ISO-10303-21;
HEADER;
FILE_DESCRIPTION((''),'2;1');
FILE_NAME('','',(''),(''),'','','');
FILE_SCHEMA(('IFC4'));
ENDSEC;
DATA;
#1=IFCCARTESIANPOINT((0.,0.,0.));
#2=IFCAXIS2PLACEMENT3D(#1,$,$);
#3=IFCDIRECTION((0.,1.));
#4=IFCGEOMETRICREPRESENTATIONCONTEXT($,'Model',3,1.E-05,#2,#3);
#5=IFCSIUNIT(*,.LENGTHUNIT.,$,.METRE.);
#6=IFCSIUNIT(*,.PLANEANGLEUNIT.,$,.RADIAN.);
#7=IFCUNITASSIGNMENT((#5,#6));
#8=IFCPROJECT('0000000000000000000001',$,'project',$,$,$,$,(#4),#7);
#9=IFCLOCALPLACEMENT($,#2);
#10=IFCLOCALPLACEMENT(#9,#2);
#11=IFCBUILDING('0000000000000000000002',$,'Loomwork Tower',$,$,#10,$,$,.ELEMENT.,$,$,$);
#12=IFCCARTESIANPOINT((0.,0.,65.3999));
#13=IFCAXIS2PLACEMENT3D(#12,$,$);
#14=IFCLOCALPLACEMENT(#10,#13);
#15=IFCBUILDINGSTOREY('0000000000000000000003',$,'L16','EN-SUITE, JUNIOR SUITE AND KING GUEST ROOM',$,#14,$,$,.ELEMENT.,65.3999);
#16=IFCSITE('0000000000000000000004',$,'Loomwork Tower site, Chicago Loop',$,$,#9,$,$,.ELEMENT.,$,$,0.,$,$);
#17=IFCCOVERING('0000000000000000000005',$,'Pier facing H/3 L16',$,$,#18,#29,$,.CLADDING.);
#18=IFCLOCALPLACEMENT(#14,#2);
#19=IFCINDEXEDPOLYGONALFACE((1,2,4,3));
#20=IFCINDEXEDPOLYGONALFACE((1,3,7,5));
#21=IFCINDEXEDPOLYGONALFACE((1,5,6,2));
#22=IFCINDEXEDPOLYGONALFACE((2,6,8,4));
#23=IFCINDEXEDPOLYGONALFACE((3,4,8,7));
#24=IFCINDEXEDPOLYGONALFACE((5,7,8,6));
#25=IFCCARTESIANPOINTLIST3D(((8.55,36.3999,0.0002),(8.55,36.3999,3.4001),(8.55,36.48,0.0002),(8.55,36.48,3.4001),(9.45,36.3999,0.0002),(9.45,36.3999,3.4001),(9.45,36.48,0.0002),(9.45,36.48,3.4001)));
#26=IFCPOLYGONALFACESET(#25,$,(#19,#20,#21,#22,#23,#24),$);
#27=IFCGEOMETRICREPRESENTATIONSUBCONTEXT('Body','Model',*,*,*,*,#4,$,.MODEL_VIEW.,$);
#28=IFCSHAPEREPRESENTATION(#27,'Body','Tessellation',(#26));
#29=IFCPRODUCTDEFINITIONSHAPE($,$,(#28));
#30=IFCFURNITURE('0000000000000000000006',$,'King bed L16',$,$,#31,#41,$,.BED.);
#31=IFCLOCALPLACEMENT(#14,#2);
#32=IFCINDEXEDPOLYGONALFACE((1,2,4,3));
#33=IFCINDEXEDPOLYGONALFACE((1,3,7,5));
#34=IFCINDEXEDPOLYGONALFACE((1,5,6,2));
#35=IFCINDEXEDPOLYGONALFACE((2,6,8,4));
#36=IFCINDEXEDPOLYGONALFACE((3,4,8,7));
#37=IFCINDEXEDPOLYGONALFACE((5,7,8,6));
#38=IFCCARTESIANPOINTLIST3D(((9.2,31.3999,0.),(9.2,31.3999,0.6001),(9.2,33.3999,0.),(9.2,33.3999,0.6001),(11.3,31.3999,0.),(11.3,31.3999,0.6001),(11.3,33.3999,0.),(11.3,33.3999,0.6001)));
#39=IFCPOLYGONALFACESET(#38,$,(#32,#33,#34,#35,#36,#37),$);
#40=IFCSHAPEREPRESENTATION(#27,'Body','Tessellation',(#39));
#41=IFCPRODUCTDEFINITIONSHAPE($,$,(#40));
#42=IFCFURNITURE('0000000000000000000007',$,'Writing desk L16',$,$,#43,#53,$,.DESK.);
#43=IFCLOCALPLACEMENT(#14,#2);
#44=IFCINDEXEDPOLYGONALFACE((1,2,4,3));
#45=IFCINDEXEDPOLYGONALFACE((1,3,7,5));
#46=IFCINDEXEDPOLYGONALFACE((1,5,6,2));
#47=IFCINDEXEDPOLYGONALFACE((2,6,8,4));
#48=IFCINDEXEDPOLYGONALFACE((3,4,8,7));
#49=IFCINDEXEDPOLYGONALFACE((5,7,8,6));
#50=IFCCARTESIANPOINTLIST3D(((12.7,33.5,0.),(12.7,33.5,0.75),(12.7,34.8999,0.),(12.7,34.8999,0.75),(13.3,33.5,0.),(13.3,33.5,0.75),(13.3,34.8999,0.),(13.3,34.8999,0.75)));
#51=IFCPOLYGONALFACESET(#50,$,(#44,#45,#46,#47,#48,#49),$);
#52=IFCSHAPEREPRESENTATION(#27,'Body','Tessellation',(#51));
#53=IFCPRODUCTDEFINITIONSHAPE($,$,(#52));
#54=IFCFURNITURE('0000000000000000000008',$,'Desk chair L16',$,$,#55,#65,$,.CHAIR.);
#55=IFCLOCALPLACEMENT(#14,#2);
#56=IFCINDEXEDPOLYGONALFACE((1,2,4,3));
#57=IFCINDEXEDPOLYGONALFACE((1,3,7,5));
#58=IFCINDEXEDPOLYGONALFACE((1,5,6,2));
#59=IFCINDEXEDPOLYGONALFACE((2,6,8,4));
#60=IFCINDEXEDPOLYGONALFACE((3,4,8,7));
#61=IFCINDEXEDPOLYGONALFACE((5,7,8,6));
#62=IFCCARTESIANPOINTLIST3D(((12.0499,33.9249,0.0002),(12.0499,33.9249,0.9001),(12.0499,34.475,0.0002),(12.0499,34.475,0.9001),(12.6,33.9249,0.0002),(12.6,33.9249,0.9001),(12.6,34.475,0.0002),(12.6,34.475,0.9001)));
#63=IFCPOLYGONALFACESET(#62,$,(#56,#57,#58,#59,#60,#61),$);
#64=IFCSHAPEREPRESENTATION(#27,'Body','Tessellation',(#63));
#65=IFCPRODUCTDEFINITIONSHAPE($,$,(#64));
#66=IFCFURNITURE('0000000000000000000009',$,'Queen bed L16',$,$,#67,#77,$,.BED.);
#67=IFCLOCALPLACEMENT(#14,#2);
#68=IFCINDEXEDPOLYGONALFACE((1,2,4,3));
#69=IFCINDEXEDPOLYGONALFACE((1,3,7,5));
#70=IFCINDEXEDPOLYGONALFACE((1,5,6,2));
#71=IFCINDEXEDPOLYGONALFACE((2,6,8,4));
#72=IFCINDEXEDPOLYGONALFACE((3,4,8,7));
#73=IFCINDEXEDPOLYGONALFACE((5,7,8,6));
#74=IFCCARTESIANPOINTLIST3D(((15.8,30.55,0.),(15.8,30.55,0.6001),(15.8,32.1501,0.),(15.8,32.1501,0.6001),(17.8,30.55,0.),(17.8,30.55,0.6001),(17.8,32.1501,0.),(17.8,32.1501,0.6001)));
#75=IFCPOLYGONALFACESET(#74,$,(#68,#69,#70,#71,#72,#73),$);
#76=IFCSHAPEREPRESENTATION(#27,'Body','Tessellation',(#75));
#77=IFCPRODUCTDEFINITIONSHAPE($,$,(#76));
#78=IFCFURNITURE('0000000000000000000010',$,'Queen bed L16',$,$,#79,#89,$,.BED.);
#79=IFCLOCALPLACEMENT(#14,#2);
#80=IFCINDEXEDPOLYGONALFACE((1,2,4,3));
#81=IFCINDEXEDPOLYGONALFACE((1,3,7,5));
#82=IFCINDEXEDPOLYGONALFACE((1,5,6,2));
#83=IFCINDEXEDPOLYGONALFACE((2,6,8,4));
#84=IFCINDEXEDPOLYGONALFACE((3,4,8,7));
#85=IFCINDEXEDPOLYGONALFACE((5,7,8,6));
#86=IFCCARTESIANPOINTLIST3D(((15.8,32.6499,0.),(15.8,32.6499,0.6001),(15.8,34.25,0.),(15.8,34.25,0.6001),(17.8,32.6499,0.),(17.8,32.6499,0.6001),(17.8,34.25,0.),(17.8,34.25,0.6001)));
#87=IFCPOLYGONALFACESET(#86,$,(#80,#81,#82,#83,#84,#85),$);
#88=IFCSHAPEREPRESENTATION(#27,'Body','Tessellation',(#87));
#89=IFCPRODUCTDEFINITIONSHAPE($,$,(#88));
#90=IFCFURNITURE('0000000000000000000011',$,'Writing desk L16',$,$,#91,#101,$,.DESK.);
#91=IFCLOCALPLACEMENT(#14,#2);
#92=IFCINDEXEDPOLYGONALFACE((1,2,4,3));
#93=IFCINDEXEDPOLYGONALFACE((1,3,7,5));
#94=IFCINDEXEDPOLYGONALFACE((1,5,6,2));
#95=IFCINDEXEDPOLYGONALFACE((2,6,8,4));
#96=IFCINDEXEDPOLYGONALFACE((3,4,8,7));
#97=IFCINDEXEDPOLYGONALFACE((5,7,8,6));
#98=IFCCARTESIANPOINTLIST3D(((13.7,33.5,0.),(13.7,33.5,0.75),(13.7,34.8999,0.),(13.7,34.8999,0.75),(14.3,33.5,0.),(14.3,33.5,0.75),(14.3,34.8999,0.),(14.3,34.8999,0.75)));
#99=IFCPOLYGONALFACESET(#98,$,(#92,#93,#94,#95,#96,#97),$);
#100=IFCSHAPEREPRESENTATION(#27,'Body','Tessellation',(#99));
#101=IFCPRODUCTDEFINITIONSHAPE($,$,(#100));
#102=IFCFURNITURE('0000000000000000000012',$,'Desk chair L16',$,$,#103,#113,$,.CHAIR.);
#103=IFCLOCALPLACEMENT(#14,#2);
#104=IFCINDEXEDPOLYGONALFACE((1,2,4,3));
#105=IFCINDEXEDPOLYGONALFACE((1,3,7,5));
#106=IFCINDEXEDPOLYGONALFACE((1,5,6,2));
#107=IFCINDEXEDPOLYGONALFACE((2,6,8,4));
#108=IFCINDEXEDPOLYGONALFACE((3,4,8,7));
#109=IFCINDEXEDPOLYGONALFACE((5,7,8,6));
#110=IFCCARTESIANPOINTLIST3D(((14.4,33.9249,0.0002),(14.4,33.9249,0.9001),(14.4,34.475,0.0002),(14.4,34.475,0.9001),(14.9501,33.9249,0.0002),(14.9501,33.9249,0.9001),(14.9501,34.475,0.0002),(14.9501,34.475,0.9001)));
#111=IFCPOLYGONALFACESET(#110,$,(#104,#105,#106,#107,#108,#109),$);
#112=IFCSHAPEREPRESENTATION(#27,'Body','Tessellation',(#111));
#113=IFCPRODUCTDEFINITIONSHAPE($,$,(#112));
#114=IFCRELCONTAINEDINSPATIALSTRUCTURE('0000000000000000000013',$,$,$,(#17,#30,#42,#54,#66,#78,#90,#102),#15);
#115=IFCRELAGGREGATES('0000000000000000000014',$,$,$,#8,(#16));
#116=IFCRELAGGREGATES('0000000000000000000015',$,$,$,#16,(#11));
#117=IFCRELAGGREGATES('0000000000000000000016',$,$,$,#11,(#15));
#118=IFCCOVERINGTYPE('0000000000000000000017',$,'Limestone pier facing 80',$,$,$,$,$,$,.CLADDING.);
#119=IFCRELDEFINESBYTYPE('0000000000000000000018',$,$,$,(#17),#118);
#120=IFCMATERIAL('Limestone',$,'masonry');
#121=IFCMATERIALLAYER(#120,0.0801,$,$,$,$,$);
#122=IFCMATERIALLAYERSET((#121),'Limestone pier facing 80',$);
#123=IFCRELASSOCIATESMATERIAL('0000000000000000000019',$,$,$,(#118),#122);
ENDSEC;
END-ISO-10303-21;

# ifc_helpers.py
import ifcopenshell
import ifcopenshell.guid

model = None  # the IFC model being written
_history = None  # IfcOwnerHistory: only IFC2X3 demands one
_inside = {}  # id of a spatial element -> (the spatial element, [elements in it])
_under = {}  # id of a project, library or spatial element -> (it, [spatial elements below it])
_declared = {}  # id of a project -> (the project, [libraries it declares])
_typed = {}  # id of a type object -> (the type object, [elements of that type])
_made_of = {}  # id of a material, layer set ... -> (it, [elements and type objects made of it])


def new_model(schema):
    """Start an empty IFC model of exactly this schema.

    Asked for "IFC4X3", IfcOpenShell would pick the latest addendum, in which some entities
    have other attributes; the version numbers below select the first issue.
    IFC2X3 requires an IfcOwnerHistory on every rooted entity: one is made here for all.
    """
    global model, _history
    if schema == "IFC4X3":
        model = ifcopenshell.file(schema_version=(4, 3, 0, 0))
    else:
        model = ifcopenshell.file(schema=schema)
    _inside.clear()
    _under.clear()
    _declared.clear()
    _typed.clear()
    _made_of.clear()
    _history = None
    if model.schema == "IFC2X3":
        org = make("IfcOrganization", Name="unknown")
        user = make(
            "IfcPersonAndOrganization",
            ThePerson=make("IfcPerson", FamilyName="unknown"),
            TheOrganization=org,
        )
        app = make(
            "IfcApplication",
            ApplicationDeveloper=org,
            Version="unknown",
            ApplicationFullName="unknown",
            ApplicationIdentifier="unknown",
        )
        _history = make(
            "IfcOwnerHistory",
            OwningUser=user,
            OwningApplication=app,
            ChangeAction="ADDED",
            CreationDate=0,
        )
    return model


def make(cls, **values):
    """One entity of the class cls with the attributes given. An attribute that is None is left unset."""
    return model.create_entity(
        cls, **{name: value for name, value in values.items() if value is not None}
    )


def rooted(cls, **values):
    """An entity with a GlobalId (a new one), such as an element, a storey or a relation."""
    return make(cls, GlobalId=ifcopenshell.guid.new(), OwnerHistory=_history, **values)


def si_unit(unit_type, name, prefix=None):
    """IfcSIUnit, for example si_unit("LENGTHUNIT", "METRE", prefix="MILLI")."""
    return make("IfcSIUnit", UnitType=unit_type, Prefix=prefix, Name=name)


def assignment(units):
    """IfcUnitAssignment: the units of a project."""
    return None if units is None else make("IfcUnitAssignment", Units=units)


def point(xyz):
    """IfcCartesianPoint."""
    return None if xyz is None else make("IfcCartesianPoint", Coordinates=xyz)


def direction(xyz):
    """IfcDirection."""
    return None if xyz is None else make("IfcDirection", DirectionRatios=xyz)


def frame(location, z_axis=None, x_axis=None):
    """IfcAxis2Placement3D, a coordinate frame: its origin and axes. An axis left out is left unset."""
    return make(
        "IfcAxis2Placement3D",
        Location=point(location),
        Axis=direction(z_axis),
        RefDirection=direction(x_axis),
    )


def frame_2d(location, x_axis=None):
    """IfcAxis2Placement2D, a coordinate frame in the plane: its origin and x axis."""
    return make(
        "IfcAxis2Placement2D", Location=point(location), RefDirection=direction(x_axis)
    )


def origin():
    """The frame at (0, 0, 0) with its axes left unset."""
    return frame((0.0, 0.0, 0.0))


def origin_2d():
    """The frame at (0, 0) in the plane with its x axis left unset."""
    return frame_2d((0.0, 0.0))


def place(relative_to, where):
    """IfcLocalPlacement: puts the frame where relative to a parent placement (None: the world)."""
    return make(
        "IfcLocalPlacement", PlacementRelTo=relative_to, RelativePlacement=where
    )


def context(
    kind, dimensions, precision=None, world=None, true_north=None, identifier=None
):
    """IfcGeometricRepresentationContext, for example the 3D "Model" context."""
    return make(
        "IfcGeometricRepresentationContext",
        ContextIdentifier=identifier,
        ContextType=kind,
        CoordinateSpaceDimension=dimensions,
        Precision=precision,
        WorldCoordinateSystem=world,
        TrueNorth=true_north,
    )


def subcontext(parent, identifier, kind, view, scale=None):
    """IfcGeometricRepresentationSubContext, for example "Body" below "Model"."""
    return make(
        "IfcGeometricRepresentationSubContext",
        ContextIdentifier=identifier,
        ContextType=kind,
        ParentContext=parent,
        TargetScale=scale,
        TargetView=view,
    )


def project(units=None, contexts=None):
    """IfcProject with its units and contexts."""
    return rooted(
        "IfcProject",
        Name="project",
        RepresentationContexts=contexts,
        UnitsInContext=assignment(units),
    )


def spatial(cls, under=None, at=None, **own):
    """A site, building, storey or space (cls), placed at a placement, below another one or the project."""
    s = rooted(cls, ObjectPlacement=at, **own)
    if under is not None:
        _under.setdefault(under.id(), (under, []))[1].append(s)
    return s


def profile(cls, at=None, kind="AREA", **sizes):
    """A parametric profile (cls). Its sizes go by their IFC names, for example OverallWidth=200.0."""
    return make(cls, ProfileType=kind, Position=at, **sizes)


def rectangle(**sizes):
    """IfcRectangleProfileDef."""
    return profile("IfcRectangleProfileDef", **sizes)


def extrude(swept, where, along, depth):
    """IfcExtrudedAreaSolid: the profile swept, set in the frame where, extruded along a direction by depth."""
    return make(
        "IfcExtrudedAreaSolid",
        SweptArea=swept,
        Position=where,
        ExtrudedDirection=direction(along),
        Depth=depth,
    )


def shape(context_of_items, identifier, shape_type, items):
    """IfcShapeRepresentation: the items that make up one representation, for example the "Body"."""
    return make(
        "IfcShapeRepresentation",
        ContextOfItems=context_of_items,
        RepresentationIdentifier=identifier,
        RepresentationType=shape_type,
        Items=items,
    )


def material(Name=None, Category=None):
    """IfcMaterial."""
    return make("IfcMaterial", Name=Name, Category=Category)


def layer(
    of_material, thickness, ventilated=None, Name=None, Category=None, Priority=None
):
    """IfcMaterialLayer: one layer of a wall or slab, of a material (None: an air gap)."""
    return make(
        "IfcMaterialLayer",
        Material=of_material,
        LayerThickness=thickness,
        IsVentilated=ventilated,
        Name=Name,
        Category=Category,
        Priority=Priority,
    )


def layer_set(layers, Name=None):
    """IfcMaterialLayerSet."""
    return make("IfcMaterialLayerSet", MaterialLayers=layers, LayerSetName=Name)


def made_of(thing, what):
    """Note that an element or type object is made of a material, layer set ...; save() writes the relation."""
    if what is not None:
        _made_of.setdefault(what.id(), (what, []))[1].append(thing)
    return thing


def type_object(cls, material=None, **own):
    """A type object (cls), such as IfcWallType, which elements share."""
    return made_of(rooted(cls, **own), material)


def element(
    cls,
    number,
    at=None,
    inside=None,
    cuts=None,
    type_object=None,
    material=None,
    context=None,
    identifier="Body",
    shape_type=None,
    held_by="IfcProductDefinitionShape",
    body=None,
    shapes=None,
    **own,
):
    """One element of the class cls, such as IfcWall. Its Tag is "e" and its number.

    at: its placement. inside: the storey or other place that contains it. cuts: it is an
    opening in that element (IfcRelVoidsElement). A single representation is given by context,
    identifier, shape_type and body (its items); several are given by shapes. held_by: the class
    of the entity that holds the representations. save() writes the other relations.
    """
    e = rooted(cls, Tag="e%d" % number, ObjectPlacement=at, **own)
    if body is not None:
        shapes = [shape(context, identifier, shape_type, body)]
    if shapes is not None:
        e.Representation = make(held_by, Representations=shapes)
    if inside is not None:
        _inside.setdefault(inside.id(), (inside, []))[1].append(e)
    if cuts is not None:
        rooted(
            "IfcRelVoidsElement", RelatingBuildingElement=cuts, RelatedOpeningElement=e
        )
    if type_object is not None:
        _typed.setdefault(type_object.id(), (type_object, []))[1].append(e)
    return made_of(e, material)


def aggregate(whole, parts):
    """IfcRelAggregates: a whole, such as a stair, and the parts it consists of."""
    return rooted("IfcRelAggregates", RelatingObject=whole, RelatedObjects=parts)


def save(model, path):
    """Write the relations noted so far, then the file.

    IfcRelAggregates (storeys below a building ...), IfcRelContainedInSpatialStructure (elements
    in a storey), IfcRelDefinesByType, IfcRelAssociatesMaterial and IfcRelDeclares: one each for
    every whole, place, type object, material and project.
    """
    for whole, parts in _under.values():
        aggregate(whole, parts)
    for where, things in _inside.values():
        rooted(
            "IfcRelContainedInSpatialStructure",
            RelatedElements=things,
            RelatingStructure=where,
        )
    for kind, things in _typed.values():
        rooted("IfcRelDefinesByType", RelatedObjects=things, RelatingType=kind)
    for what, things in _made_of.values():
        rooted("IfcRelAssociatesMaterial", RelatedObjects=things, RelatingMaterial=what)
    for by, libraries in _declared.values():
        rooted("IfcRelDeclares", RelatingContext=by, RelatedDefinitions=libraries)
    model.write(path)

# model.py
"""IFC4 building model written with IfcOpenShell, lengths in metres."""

from ifc_helpers import new_model, si_unit, direction, frame, origin, origin_2d, place, context, subcontext, project, spatial, rectangle, extrude, material, layer, layer_set, type_object, element, save


model = new_model("IFC4")

# Units and contexts
model_context = context("Model", 3, precision=1e-05, world=origin(), true_north=direction((0.0, 1.0)))
body_context = subcontext(model_context, "Body", "Model", "MODEL_VIEW")
ifc_project = project(units=[si_unit("LENGTHUNIT", "METRE"), si_unit("PLANEANGLEUNIT", "RADIAN")], contexts=[model_context])

# Site, building, storey
site_placement = place(None, origin())
site = spatial("IfcSite", under=ifc_project, at=site_placement, Name="Loomwork Tower site, Chicago Loop", CompositionType="ELEMENT", RefElevation=0.0)
building_placement = place(site_placement, origin())
building = spatial("IfcBuilding", under=site, at=building_placement, Name="Loomwork Tower", CompositionType="ELEMENT")
storey_placement = place(building_placement, frame((0.0, 0.0, 65.3999)))
storey = spatial("IfcBuildingStorey", under=building, at=storey_placement, Name="L16", Description="EN-SUITE, JUNIOR SUITE AND KING GUEST ROOM", CompositionType="ELEMENT", Elevation=65.3999)

# Covering
ifc_material_1 = material(Name="Limestone", Category="masonry")
ifc_layer_1 = layer(ifc_material_1, 0.0801)
ifc_layer_set_1 = layer_set([ifc_layer_1], Name="Limestone pier facing 80")
covering_type = type_object("IfcCoveringType", Name="Limestone pier facing 80", PredefinedType="CLADDING", material=ifc_layer_set_1)
covering_placement = place(storey_placement, frame((9.0, 36.4399, 0.0002), z_axis=(0.0, 0.0, 1.0), x_axis=(1.0, 0.0, 0.0)))
element("IfcCovering", 1, at=covering_placement, inside=storey, type_object=covering_type, Name="Pier facing H/3 L16", PredefinedType="CLADDING", context=body_context, shape_type="SweptSolid", body=[
    extrude(rectangle(XDim=0.8999, YDim=0.0801, at=origin_2d()), origin(), (0.0, 0.0, 1.0), 3.3999),
])

# Furniture
furniture_1_placement = place(storey_placement, frame((10.25, 32.3999, 0.0), z_axis=(0.0, 0.0, 1.0), x_axis=(1.0, 0.0, 0.0)))
element("IfcFurniture", 2, at=furniture_1_placement, inside=storey, Name="King bed L16", PredefinedType="BED", context=body_context, shape_type="SweptSolid", body=[
    extrude(rectangle(XDim=2.1001, YDim=2.0, at=origin_2d()), origin(), (0.0, 0.0, 1.0), 0.6001),
])
furniture_2_placement = place(storey_placement, frame((13.0, 34.2, 0.0), z_axis=(0.0, 0.0, 1.0), x_axis=(1.0, 0.0, 0.0)))
element("IfcFurniture", 3, at=furniture_2_placement, inside=storey, Name="Writing desk L16", PredefinedType="DESK", context=body_context, shape_type="SweptSolid", body=[
    extrude(rectangle(XDim=0.6001, YDim=1.3999, at=origin_2d()), origin(), (0.0, 0.0, 1.0), 0.75),
])
furniture_3_placement = place(storey_placement, frame((12.325, 34.2, 0.0002), z_axis=(0.0, 0.0, 1.0), x_axis=(1.0, 0.0, 0.0)))
element("IfcFurniture", 4, at=furniture_3_placement, inside=storey, Name="Desk chair L16", PredefinedType="CHAIR", context=body_context, shape_type="SweptSolid", body=[
    extrude(rectangle(XDim=0.55, YDim=0.55, at=origin_2d()), origin(), (0.0, 0.0, 1.0), 0.8999),
])
for number, where, z_axis, x_axis, name in (
    (5, (16.8, 31.3501, 0.0), (0.0, 0.0, 1.0), (1.0, 0.0, 0.0), "Queen bed L16"),
    (6, (16.8, 33.45, 0.0), (0.0, 0.0, 1.0), (1.0, 0.0, 0.0), "Queen bed L16"),
):
    element("IfcFurniture", number, at=place(storey_placement, frame(where, z_axis=z_axis, x_axis=x_axis)), inside=storey, Name=name, PredefinedType="BED", context=body_context, shape_type="SweptSolid", body=[
        extrude(rectangle(XDim=2.0, YDim=1.6001, at=origin_2d()), origin(), (0.0, 0.0, 1.0), 0.6001),
    ])
furniture_4_placement = place(storey_placement, frame((14.0, 34.2, 0.0), z_axis=(0.0, 0.0, 1.0), x_axis=(1.0, 0.0, 0.0)))
element("IfcFurniture", 7, at=furniture_4_placement, inside=storey, Name="Writing desk L16", PredefinedType="DESK", context=body_context, shape_type="SweptSolid", body=[
    extrude(rectangle(XDim=0.6001, YDim=1.3999, at=origin_2d()), origin(), (0.0, 0.0, 1.0), 0.75),
])
furniture_5_placement = place(storey_placement, frame((14.675, 34.2, 0.0002), z_axis=(0.0, 0.0, 1.0), x_axis=(1.0, 0.0, 0.0)))
element("IfcFurniture", 8, at=furniture_5_placement, inside=storey, Name="Desk chair L16", PredefinedType="CHAIR", context=body_context, shape_type="SweptSolid", body=[
    extrude(rectangle(XDim=0.55, YDim=0.55, at=origin_2d()), origin(), (0.0, 0.0, 1.0), 0.8999),
])

save(model, "model.ifc")
